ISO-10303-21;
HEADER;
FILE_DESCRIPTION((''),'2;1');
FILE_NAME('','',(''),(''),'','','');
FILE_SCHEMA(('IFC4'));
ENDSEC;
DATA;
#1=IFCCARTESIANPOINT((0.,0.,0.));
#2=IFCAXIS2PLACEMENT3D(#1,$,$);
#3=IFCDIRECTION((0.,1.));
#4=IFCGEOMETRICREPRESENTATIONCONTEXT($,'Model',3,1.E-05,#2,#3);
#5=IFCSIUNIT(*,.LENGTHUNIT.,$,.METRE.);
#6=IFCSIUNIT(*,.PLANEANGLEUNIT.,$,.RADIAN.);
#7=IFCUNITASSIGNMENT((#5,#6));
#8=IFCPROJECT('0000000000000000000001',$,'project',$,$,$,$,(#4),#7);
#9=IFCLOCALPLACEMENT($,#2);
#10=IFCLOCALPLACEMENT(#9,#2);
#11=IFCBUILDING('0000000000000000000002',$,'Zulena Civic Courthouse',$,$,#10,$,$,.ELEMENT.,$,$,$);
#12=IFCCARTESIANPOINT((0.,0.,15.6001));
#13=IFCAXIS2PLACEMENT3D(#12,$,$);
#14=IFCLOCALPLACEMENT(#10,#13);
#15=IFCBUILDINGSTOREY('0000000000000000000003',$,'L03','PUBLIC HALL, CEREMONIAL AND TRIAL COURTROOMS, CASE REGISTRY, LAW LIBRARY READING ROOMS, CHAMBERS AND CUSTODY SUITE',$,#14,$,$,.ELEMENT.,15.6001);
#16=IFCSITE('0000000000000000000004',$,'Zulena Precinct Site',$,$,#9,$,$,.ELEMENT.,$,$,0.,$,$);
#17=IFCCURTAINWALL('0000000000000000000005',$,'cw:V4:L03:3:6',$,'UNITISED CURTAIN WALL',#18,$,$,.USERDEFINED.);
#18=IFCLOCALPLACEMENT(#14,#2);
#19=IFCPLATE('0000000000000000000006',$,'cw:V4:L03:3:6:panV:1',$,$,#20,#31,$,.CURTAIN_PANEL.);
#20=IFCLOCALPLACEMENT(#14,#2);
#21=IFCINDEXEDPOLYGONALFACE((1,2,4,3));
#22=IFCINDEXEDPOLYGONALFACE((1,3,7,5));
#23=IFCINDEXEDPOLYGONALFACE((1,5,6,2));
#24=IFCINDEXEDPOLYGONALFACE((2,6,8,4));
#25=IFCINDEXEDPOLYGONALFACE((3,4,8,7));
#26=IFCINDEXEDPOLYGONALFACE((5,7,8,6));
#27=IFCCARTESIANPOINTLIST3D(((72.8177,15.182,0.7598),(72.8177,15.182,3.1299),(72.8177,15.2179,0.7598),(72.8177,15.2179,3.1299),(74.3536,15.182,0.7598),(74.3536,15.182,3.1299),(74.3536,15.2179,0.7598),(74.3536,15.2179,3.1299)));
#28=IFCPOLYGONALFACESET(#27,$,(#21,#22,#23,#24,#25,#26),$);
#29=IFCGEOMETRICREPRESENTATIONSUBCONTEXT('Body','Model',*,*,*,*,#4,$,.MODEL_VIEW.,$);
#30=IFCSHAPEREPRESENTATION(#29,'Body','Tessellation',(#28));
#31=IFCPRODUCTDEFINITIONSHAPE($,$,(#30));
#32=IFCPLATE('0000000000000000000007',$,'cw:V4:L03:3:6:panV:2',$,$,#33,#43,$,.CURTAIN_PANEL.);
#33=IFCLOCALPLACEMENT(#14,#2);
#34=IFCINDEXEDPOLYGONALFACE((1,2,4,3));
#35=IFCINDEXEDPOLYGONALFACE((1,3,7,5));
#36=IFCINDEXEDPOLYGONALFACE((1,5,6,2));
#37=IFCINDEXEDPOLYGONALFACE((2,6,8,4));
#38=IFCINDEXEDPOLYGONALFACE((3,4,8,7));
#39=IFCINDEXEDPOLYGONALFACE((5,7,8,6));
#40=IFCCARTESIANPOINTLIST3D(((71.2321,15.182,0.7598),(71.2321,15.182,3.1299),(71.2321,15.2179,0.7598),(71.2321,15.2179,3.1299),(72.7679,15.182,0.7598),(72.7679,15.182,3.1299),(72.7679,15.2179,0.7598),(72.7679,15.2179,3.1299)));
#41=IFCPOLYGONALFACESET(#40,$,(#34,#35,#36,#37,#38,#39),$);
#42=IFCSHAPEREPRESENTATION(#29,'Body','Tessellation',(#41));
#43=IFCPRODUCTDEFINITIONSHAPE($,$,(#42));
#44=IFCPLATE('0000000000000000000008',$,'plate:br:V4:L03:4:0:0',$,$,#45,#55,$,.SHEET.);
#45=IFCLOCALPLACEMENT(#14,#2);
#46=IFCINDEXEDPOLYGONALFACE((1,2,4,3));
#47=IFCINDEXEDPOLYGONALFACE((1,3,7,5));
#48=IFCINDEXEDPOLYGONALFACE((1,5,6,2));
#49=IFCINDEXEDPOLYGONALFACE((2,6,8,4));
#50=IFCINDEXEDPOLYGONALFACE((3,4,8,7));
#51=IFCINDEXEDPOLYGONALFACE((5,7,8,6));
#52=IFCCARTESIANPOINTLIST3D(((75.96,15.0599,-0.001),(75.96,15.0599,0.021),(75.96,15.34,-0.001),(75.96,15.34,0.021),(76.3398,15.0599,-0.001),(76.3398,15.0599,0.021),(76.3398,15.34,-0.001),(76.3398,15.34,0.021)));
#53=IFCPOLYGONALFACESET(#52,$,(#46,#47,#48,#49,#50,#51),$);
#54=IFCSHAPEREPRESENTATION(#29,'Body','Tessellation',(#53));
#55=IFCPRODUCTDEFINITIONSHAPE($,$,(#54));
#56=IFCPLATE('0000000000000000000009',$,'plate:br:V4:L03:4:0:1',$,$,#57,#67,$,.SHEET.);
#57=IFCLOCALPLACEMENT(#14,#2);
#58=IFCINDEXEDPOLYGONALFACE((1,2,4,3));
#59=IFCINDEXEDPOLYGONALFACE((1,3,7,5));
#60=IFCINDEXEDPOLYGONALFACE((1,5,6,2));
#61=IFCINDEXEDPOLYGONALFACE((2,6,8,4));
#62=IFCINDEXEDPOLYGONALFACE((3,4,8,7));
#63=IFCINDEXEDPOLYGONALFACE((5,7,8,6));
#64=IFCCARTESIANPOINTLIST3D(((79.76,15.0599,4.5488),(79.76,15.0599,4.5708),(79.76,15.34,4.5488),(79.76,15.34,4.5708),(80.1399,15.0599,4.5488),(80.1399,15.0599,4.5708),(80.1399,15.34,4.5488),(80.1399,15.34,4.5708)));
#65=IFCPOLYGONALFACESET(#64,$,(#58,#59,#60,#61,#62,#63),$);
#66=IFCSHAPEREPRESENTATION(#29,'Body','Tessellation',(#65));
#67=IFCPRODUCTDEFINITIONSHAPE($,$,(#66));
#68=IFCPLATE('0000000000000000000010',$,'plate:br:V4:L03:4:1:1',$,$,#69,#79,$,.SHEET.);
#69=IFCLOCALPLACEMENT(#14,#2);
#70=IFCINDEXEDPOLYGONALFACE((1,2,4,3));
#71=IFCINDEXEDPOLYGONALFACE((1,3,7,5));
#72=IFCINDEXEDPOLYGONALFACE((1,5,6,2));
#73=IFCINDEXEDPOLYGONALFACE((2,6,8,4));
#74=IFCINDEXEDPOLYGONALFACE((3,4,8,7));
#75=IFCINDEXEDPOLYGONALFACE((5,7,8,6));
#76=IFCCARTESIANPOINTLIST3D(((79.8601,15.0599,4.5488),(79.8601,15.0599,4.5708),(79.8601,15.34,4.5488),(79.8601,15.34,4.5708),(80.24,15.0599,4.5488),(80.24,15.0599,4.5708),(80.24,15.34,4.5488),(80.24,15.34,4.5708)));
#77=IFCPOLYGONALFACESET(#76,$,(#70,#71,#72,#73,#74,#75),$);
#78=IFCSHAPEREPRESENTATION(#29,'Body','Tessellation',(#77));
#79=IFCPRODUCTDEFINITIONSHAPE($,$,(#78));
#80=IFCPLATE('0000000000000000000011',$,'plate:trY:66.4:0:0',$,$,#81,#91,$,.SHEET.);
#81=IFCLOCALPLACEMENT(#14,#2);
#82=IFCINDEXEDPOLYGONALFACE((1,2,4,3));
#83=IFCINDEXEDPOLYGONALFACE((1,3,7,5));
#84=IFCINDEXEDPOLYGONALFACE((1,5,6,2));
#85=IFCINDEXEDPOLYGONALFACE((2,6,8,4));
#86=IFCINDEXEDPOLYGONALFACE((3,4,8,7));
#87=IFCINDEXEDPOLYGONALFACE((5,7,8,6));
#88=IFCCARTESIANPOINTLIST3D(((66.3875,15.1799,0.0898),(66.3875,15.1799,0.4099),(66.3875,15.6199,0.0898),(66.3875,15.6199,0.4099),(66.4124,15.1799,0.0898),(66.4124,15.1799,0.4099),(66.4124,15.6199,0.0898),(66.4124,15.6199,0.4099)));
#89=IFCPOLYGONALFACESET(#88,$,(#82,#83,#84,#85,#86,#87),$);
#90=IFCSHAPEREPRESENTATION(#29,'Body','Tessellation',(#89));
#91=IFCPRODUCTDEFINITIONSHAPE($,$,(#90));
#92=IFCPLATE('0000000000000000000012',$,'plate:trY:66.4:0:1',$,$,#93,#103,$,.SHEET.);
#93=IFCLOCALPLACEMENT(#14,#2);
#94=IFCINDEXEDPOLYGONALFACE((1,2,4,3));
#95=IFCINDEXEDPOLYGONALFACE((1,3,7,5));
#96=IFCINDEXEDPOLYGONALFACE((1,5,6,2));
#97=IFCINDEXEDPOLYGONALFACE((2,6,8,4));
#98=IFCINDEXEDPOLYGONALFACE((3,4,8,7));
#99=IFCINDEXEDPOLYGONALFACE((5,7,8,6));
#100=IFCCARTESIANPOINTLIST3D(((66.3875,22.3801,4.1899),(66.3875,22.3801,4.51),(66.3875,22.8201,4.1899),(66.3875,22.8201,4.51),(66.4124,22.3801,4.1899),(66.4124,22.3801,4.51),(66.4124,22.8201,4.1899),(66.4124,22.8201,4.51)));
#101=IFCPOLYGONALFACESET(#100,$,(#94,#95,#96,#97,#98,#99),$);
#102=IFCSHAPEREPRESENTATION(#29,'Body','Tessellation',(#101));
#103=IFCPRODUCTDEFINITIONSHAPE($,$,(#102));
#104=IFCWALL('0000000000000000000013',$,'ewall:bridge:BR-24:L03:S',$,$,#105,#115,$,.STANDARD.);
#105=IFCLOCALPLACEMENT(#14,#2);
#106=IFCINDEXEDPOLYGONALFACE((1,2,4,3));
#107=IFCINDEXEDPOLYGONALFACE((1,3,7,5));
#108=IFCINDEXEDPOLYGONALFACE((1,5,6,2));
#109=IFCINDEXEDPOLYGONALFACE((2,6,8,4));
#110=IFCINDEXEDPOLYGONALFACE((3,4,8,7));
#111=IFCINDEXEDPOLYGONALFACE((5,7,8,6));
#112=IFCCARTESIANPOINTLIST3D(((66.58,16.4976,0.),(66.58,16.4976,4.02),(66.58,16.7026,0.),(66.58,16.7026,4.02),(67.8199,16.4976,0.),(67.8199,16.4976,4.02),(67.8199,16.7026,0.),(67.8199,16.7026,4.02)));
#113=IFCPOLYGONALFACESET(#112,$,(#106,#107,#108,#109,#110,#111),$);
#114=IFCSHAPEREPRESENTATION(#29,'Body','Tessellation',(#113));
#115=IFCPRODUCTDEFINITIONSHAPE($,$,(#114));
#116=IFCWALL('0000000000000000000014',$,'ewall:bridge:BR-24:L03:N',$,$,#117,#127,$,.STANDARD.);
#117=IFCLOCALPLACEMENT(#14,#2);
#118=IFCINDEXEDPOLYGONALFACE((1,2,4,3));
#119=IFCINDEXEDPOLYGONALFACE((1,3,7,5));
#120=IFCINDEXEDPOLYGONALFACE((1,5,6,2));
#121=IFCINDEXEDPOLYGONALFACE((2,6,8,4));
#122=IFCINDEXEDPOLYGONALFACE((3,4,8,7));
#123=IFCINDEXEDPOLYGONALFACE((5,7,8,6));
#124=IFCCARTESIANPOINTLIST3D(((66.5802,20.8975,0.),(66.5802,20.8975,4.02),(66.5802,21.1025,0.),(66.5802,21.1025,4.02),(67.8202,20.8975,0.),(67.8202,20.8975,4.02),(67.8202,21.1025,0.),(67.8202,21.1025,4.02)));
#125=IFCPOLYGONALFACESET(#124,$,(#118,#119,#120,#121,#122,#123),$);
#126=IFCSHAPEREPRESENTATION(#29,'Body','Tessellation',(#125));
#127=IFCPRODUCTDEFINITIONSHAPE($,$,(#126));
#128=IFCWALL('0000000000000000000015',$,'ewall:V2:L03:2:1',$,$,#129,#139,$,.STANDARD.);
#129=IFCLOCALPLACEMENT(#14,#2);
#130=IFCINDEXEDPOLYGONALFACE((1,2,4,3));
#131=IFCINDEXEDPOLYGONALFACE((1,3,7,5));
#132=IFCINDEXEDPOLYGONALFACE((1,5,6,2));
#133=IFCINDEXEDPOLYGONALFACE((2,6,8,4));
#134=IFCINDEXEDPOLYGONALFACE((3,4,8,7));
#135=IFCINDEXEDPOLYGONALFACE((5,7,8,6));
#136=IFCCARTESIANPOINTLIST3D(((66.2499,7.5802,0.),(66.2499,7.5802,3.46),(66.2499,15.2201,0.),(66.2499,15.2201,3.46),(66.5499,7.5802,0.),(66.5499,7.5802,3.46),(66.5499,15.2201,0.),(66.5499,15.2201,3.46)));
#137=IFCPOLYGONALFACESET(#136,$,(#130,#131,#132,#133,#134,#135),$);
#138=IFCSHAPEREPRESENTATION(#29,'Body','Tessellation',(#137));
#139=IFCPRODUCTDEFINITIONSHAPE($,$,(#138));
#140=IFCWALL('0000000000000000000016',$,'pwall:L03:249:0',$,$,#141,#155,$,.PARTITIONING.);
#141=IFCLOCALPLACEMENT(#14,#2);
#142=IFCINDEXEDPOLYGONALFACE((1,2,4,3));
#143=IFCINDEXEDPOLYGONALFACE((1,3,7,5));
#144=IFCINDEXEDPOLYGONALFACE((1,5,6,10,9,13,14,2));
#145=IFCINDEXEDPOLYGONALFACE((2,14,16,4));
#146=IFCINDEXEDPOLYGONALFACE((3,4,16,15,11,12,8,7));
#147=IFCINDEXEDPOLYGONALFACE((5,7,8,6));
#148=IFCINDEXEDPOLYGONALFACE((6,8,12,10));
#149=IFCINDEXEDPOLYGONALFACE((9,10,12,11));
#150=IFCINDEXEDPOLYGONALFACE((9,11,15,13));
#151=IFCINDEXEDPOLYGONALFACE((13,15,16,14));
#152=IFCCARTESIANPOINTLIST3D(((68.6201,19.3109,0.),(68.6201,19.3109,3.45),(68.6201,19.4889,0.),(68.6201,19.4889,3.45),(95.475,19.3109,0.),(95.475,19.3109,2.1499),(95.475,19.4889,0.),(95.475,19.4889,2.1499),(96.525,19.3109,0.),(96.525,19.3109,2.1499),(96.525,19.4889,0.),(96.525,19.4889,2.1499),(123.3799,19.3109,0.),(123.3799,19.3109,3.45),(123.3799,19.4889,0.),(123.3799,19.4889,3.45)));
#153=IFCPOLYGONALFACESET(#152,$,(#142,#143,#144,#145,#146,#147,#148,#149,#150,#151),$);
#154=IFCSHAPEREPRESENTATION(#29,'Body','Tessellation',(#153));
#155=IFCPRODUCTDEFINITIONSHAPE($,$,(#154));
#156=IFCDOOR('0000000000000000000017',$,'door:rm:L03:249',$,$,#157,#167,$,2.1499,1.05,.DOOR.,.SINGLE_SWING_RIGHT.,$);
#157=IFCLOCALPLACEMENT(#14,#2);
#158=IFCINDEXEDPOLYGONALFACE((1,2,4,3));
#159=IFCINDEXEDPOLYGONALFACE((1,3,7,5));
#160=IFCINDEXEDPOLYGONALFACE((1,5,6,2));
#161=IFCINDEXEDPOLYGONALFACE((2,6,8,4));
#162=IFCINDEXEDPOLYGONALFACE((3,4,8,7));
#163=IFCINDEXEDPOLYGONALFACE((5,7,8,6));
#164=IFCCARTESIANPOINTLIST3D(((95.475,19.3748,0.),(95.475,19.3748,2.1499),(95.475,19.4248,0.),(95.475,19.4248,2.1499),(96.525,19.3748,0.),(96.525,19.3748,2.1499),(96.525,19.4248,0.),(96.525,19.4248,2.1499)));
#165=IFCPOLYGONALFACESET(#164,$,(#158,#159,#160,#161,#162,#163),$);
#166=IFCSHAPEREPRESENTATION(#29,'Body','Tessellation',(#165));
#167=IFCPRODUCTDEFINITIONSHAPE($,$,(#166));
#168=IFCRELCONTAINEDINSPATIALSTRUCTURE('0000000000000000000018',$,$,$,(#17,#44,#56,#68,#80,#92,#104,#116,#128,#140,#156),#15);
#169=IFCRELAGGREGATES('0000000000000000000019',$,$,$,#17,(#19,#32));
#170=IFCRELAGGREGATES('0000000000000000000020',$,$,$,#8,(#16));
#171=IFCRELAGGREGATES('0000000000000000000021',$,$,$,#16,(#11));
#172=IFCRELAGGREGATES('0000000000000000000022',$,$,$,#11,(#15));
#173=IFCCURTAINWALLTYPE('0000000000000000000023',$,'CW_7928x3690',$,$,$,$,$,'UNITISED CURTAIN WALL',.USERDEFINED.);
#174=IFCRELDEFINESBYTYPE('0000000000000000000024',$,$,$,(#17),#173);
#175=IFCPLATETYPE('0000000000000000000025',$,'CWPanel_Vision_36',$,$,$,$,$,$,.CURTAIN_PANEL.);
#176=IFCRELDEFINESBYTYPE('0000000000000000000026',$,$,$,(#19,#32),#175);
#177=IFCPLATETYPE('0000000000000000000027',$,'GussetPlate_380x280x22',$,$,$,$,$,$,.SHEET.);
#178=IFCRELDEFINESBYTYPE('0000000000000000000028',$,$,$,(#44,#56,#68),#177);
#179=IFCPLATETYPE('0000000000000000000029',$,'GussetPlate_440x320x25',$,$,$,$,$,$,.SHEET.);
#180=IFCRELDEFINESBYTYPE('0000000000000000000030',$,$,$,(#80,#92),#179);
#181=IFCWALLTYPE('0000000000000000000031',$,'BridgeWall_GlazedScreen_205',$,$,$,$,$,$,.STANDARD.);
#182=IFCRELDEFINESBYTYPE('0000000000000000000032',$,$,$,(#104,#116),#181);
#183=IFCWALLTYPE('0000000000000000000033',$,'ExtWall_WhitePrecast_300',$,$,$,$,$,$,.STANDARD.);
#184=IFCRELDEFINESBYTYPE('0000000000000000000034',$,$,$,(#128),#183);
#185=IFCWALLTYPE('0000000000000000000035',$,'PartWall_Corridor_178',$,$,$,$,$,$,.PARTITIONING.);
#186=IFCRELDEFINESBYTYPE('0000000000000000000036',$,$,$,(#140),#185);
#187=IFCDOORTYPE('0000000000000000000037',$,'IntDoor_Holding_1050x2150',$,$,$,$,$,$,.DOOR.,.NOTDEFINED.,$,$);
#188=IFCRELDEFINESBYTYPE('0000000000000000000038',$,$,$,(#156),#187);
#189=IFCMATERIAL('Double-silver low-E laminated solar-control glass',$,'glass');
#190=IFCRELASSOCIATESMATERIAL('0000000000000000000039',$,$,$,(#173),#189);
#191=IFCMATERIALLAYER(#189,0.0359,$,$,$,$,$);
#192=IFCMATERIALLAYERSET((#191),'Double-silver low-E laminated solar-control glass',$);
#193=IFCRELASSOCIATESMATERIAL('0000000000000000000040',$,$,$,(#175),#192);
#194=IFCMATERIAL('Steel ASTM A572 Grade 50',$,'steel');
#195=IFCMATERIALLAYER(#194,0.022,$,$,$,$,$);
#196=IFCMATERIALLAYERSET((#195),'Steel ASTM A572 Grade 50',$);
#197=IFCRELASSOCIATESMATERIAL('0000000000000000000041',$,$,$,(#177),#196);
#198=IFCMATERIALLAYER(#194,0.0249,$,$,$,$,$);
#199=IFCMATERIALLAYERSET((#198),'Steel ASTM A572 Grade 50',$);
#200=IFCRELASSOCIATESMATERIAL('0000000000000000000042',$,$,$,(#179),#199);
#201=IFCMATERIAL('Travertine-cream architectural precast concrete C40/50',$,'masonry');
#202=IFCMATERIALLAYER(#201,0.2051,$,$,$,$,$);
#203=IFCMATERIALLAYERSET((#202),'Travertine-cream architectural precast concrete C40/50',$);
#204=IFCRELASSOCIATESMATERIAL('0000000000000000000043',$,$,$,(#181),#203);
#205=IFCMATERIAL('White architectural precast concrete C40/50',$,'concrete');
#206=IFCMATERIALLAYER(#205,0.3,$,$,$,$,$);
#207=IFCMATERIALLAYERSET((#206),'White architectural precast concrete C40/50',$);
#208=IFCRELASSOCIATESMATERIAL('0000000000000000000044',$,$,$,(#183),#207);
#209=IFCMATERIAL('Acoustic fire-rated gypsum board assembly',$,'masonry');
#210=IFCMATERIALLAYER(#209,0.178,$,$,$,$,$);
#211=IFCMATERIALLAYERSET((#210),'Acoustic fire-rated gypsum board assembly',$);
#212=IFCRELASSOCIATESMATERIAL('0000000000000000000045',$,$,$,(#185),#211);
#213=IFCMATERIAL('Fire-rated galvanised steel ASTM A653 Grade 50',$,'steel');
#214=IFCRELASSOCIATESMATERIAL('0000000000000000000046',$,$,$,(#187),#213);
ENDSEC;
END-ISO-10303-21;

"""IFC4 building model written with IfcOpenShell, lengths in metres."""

from ifc_helpers import new_model, si_unit, direction, frame, frame_2d, origin, origin_2d, place, context, subcontext, project, spatial, rectangle, extrude, material, layer, layer_set, type_object, element, fill, aggregate, save


model = new_model("IFC4")

# Units and contexts
model_context = context("Model", 3, precision=1e-05, world=origin(), true_north=direction((0.0, 1.0)))
body_context = subcontext(model_context, "Body", "Model", "MODEL_VIEW")
ifc_project = project(units=[si_unit("LENGTHUNIT", "METRE"), si_unit("PLANEANGLEUNIT", "RADIAN")], contexts=[model_context])

# Site, building, storey
site_placement = place(None, origin())
site = spatial("IfcSite", under=ifc_project, at=site_placement, Name="Zulena Precinct Site", CompositionType="ELEMENT", RefElevation=0.0)
building_placement = place(site_placement, origin())
building = spatial("IfcBuilding", under=site, at=building_placement, Name="Zulena Civic Courthouse", CompositionType="ELEMENT")
storey_placement = place(building_placement, frame((0.0, 0.0, 15.6001)))
storey = spatial("IfcBuildingStorey", under=building, at=storey_placement, Name="L03", Description="PUBLIC HALL, CEREMONIAL AND TRIAL COURTROOMS, CASE REGISTRY, LAW LIBRARY READING ROOMS, CHAMBERS AND CUSTODY SUITE", CompositionType="ELEMENT", Elevation=15.6001)

# Curtain wall
ifc_material_1 = material(Name="Double-silver low-E laminated solar-control glass", Category="glass")
curtain_wall_type = type_object("IfcCurtainWallType", Name="CW_7928x3690", ElementType="UNITISED CURTAIN WALL", PredefinedType="USERDEFINED", material=ifc_material_1)
curtain_wall_placement = place(storey_placement, origin())
curtain_wall = element("IfcCurtainWall", 1, at=curtain_wall_placement, inside=storey, type_object=curtain_wall_type, Name="cw:V4:L03:3:6", ObjectType="UNITISED CURTAIN WALL", PredefinedType="USERDEFINED")

# Shared definitions
ifc_material_2 = material(Name="Steel ASTM A572 Grade 50", Category="steel")

# Plates
ifc_layer_1 = layer(ifc_material_1, 0.0359)
ifc_layer_set_1 = layer_set([ifc_layer_1], Name="Double-silver low-E laminated solar-control glass")
plate_type_1 = type_object("IfcPlateType", Name="CWPanel_Vision_36", PredefinedType="CURTAIN_PANEL", material=ifc_layer_set_1)
plate_1_placement = place(storey_placement, frame((73.5857, 15.2, 0.7598), z_axis=(0.0, 0.0, 1.0), x_axis=(-1.0, 0.0, 0.0)))
plate_1 = element("IfcPlate", 2, at=plate_1_placement, type_object=plate_type_1, Name="cw:V4:L03:3:6:panV:1", PredefinedType="CURTAIN_PANEL", context=body_context, shape_type="SweptSolid", body=[
    extrude(rectangle(XDim=1.5359, YDim=0.0359, at=origin_2d()), origin(), (0.0, 0.0, 1.0), 2.3701),
])
plate_2_placement = place(storey_placement, frame((72.0, 15.2, 0.7598), z_axis=(0.0, 0.0, 1.0), x_axis=(-1.0, 0.0, 0.0)))
plate_2 = element("IfcPlate", 3, at=plate_2_placement, type_object=plate_type_1, Name="cw:V4:L03:3:6:panV:2", PredefinedType="CURTAIN_PANEL", context=body_context, shape_type="SweptSolid", body=[
    extrude(rectangle(XDim=1.5359, YDim=0.0359, at=origin_2d()), origin(), (0.0, 0.0, 1.0), 2.3701),
])
aggregate(curtain_wall, [plate_1, plate_2])

# Plates
ifc_layer_2 = layer(ifc_material_2, 0.022)
ifc_layer_set_2 = layer_set([ifc_layer_2], Name="Steel ASTM A572 Grade 50")
plate_type_2 = type_object("IfcPlateType", Name="GussetPlate_380x280x22", PredefinedType="SHEET", material=ifc_layer_set_2)
for number, where, z_axis, x_axis, name in (
    (4, (76.1499, 15.2, -0.001), (0.0, 0.0, 1.0), (1.0, 0.0, 0.0), "plate:br:V4:L03:4:0:0"),
    (5, (79.95, 15.2, 4.5488), (0.0, 0.0, 1.0), (1.0, 0.0, 0.0), "plate:br:V4:L03:4:0:1"),
    (6, (80.05, 15.2, 4.5488), (0.0, 0.0, 1.0), (1.0, 0.0, 0.0), "plate:br:V4:L03:4:1:1"),
):
    element("IfcPlate", number, at=place(storey_placement, frame(where, z_axis=z_axis, x_axis=x_axis)), inside=storey, type_object=plate_type_2, Name=name, PredefinedType="SHEET", context=body_context, shape_type="SweptSolid", body=[
        extrude(rectangle(XDim=0.3799, YDim=0.28, at=origin_2d()), origin(), (0.0, 0.0, 1.0), 0.022),
    ])
ifc_layer_3 = layer(ifc_material_2, 0.0249)
ifc_layer_set_3 = layer_set([ifc_layer_3], Name="Steel ASTM A572 Grade 50")
plate_type_3 = type_object("IfcPlateType", Name="GussetPlate_440x320x25", PredefinedType="SHEET", material=ifc_layer_set_3)
for number, where, z_axis, x_axis, name in (
    (7, (66.3999, 15.3999, 0.0898), (0.0, 0.0, 1.0), (1.0, 0.0, 0.0), "plate:trY:66.4:0:0"),
    (8, (66.3999, 22.6001, 4.1899), (0.0, 0.0, 1.0), (1.0, 0.0, 0.0), "plate:trY:66.4:0:1"),
):
    element("IfcPlate", number, at=place(storey_placement, frame(where, z_axis=z_axis, x_axis=x_axis)), inside=storey, type_object=plate_type_3, Name=name, PredefinedType="SHEET", context=body_context, shape_type="SweptSolid", body=[
        extrude(rectangle(XDim=0.0249, YDim=0.4399, at=origin_2d()), origin(), (0.0, 0.0, 1.0), 0.3201),
    ])

# Walls
ifc_material_3 = material(Name="Travertine-cream architectural precast concrete C40/50", Category="masonry")
ifc_layer_4 = layer(ifc_material_3, 0.2051)
ifc_layer_set_4 = layer_set([ifc_layer_4], Name="Travertine-cream architectural precast concrete C40/50")
wall_type_1 = type_object("IfcWallType", Name="BridgeWall_GlazedScreen_205", PredefinedType="STANDARD", material=ifc_layer_set_4)
for number, where, z_axis, x_axis, name in (
    (9, (67.8201, 16.6001, 0.0), (0.0, 0.0, 1.0), (-1.0, 0.0, 0.0), "ewall:bridge:BR-24:L03:S"),
    (10, (66.5801, 21.0, 0.0), (0.0, 0.0, 1.0), (1.0, 0.0, 0.0), "ewall:bridge:BR-24:L03:N"),
):
    element("IfcWall", number, at=place(storey_placement, frame(where, z_axis=z_axis, x_axis=x_axis)), inside=storey, type_object=wall_type_1, Name=name, PredefinedType="STANDARD", context=body_context, shape_type="SweptSolid", body=[
        extrude(rectangle(XDim=1.24, YDim=0.2051, at=frame_2d((0.6201, 0.0))), origin(), (0.0, 0.0, 1.0), 4.02),
    ])
ifc_material_4 = material(Name="White architectural precast concrete C40/50", Category="concrete")
ifc_layer_5 = layer(ifc_material_4, 0.3)
ifc_layer_set_5 = layer_set([ifc_layer_5], Name="White architectural precast concrete C40/50")
wall_type_2 = type_object("IfcWallType", Name="ExtWall_WhitePrecast_300", PredefinedType="STANDARD", material=ifc_layer_set_5)
wall_1_placement = place(storey_placement, frame((66.3999, 15.22, 0.0), z_axis=(0.0, 0.0, 1.0), x_axis=(0.0, -1.0, 0.0)))
element("IfcWall", 11, at=wall_1_placement, inside=storey, type_object=wall_type_2, Name="ewall:V2:L03:2:1", PredefinedType="STANDARD", context=body_context, shape_type="SweptSolid", body=[
    extrude(rectangle(XDim=7.6399, YDim=0.3, at=frame_2d((3.8198, 0.0))), origin(), (0.0, 0.0, 1.0), 3.46),
])

# Wall, opening, door
ifc_material_5 = material(Name="Acoustic fire-rated gypsum board assembly", Category="masonry")
ifc_layer_6 = layer(ifc_material_5, 0.178)
ifc_layer_set_6 = layer_set([ifc_layer_6], Name="Acoustic fire-rated gypsum board assembly")
wall_type_3 = type_object("IfcWallType", Name="PartWall_Corridor_178", PredefinedType="PARTITIONING", material=ifc_layer_set_6)
wall_2_placement = place(storey_placement, frame((68.6201, 19.3999, 0.0), z_axis=(0.0, 0.0, 1.0), x_axis=(1.0, 0.0, 0.0)))
wall_2 = element("IfcWall", 12, at=wall_2_placement, inside=storey, type_object=wall_type_3, Name="pwall:L03:249:0", PredefinedType="PARTITIONING", context=body_context, shape_type="SweptSolid", body=[
    extrude(rectangle(XDim=54.7598, YDim=0.178, at=frame_2d((27.3799, 0.0))), origin(), (0.0, 0.0, 1.0), 3.45),
])
opening_placement = place(wall_2_placement, frame((26.855, 0.0, 0.0)))
opening = element("IfcOpeningElement", 13, at=opening_placement, cuts=wall_2, PredefinedType="OPENING", context=body_context, shape_type="SweptSolid", body=[
    extrude(rectangle(XDim=1.05, YDim=2.1499, at=frame_2d((0.5249, 1.075))), frame((0.0, 0.0989, 0.0), z_axis=(0.0, -1.0, 0.0), x_axis=(1.0, 0.0, 0.0)), (0.0, 0.0, 1.0), 0.198),
])
ifc_material_6 = material(Name="Fire-rated galvanised steel ASTM A653 Grade 50", Category="steel")
door_type = type_object("IfcDoorType", Name="IntDoor_Holding_1050x2150", OperationType="NOTDEFINED", PredefinedType="DOOR", material=ifc_material_6)
door_placement = place(opening_placement, origin())
door = element("IfcDoor", 14, at=door_placement, inside=storey, type_object=door_type, Name="door:rm:L03:249", OperationType="SINGLE_SWING_RIGHT", OverallHeight=2.1499, OverallWidth=1.05, PredefinedType="DOOR", context=body_context, shape_type="SweptSolid", body=[
    extrude(rectangle(XDim=1.05, YDim=2.1499, at=frame_2d((0.5249, 1.075))), frame((0.0, 0.0249, 0.0), z_axis=(0.0, -1.0, 0.0), x_axis=(1.0, 0.0, 0.0)), (0.0, 0.0, 1.0), 0.05),
])
fill(opening, door)

save(model, "model.ifc")
